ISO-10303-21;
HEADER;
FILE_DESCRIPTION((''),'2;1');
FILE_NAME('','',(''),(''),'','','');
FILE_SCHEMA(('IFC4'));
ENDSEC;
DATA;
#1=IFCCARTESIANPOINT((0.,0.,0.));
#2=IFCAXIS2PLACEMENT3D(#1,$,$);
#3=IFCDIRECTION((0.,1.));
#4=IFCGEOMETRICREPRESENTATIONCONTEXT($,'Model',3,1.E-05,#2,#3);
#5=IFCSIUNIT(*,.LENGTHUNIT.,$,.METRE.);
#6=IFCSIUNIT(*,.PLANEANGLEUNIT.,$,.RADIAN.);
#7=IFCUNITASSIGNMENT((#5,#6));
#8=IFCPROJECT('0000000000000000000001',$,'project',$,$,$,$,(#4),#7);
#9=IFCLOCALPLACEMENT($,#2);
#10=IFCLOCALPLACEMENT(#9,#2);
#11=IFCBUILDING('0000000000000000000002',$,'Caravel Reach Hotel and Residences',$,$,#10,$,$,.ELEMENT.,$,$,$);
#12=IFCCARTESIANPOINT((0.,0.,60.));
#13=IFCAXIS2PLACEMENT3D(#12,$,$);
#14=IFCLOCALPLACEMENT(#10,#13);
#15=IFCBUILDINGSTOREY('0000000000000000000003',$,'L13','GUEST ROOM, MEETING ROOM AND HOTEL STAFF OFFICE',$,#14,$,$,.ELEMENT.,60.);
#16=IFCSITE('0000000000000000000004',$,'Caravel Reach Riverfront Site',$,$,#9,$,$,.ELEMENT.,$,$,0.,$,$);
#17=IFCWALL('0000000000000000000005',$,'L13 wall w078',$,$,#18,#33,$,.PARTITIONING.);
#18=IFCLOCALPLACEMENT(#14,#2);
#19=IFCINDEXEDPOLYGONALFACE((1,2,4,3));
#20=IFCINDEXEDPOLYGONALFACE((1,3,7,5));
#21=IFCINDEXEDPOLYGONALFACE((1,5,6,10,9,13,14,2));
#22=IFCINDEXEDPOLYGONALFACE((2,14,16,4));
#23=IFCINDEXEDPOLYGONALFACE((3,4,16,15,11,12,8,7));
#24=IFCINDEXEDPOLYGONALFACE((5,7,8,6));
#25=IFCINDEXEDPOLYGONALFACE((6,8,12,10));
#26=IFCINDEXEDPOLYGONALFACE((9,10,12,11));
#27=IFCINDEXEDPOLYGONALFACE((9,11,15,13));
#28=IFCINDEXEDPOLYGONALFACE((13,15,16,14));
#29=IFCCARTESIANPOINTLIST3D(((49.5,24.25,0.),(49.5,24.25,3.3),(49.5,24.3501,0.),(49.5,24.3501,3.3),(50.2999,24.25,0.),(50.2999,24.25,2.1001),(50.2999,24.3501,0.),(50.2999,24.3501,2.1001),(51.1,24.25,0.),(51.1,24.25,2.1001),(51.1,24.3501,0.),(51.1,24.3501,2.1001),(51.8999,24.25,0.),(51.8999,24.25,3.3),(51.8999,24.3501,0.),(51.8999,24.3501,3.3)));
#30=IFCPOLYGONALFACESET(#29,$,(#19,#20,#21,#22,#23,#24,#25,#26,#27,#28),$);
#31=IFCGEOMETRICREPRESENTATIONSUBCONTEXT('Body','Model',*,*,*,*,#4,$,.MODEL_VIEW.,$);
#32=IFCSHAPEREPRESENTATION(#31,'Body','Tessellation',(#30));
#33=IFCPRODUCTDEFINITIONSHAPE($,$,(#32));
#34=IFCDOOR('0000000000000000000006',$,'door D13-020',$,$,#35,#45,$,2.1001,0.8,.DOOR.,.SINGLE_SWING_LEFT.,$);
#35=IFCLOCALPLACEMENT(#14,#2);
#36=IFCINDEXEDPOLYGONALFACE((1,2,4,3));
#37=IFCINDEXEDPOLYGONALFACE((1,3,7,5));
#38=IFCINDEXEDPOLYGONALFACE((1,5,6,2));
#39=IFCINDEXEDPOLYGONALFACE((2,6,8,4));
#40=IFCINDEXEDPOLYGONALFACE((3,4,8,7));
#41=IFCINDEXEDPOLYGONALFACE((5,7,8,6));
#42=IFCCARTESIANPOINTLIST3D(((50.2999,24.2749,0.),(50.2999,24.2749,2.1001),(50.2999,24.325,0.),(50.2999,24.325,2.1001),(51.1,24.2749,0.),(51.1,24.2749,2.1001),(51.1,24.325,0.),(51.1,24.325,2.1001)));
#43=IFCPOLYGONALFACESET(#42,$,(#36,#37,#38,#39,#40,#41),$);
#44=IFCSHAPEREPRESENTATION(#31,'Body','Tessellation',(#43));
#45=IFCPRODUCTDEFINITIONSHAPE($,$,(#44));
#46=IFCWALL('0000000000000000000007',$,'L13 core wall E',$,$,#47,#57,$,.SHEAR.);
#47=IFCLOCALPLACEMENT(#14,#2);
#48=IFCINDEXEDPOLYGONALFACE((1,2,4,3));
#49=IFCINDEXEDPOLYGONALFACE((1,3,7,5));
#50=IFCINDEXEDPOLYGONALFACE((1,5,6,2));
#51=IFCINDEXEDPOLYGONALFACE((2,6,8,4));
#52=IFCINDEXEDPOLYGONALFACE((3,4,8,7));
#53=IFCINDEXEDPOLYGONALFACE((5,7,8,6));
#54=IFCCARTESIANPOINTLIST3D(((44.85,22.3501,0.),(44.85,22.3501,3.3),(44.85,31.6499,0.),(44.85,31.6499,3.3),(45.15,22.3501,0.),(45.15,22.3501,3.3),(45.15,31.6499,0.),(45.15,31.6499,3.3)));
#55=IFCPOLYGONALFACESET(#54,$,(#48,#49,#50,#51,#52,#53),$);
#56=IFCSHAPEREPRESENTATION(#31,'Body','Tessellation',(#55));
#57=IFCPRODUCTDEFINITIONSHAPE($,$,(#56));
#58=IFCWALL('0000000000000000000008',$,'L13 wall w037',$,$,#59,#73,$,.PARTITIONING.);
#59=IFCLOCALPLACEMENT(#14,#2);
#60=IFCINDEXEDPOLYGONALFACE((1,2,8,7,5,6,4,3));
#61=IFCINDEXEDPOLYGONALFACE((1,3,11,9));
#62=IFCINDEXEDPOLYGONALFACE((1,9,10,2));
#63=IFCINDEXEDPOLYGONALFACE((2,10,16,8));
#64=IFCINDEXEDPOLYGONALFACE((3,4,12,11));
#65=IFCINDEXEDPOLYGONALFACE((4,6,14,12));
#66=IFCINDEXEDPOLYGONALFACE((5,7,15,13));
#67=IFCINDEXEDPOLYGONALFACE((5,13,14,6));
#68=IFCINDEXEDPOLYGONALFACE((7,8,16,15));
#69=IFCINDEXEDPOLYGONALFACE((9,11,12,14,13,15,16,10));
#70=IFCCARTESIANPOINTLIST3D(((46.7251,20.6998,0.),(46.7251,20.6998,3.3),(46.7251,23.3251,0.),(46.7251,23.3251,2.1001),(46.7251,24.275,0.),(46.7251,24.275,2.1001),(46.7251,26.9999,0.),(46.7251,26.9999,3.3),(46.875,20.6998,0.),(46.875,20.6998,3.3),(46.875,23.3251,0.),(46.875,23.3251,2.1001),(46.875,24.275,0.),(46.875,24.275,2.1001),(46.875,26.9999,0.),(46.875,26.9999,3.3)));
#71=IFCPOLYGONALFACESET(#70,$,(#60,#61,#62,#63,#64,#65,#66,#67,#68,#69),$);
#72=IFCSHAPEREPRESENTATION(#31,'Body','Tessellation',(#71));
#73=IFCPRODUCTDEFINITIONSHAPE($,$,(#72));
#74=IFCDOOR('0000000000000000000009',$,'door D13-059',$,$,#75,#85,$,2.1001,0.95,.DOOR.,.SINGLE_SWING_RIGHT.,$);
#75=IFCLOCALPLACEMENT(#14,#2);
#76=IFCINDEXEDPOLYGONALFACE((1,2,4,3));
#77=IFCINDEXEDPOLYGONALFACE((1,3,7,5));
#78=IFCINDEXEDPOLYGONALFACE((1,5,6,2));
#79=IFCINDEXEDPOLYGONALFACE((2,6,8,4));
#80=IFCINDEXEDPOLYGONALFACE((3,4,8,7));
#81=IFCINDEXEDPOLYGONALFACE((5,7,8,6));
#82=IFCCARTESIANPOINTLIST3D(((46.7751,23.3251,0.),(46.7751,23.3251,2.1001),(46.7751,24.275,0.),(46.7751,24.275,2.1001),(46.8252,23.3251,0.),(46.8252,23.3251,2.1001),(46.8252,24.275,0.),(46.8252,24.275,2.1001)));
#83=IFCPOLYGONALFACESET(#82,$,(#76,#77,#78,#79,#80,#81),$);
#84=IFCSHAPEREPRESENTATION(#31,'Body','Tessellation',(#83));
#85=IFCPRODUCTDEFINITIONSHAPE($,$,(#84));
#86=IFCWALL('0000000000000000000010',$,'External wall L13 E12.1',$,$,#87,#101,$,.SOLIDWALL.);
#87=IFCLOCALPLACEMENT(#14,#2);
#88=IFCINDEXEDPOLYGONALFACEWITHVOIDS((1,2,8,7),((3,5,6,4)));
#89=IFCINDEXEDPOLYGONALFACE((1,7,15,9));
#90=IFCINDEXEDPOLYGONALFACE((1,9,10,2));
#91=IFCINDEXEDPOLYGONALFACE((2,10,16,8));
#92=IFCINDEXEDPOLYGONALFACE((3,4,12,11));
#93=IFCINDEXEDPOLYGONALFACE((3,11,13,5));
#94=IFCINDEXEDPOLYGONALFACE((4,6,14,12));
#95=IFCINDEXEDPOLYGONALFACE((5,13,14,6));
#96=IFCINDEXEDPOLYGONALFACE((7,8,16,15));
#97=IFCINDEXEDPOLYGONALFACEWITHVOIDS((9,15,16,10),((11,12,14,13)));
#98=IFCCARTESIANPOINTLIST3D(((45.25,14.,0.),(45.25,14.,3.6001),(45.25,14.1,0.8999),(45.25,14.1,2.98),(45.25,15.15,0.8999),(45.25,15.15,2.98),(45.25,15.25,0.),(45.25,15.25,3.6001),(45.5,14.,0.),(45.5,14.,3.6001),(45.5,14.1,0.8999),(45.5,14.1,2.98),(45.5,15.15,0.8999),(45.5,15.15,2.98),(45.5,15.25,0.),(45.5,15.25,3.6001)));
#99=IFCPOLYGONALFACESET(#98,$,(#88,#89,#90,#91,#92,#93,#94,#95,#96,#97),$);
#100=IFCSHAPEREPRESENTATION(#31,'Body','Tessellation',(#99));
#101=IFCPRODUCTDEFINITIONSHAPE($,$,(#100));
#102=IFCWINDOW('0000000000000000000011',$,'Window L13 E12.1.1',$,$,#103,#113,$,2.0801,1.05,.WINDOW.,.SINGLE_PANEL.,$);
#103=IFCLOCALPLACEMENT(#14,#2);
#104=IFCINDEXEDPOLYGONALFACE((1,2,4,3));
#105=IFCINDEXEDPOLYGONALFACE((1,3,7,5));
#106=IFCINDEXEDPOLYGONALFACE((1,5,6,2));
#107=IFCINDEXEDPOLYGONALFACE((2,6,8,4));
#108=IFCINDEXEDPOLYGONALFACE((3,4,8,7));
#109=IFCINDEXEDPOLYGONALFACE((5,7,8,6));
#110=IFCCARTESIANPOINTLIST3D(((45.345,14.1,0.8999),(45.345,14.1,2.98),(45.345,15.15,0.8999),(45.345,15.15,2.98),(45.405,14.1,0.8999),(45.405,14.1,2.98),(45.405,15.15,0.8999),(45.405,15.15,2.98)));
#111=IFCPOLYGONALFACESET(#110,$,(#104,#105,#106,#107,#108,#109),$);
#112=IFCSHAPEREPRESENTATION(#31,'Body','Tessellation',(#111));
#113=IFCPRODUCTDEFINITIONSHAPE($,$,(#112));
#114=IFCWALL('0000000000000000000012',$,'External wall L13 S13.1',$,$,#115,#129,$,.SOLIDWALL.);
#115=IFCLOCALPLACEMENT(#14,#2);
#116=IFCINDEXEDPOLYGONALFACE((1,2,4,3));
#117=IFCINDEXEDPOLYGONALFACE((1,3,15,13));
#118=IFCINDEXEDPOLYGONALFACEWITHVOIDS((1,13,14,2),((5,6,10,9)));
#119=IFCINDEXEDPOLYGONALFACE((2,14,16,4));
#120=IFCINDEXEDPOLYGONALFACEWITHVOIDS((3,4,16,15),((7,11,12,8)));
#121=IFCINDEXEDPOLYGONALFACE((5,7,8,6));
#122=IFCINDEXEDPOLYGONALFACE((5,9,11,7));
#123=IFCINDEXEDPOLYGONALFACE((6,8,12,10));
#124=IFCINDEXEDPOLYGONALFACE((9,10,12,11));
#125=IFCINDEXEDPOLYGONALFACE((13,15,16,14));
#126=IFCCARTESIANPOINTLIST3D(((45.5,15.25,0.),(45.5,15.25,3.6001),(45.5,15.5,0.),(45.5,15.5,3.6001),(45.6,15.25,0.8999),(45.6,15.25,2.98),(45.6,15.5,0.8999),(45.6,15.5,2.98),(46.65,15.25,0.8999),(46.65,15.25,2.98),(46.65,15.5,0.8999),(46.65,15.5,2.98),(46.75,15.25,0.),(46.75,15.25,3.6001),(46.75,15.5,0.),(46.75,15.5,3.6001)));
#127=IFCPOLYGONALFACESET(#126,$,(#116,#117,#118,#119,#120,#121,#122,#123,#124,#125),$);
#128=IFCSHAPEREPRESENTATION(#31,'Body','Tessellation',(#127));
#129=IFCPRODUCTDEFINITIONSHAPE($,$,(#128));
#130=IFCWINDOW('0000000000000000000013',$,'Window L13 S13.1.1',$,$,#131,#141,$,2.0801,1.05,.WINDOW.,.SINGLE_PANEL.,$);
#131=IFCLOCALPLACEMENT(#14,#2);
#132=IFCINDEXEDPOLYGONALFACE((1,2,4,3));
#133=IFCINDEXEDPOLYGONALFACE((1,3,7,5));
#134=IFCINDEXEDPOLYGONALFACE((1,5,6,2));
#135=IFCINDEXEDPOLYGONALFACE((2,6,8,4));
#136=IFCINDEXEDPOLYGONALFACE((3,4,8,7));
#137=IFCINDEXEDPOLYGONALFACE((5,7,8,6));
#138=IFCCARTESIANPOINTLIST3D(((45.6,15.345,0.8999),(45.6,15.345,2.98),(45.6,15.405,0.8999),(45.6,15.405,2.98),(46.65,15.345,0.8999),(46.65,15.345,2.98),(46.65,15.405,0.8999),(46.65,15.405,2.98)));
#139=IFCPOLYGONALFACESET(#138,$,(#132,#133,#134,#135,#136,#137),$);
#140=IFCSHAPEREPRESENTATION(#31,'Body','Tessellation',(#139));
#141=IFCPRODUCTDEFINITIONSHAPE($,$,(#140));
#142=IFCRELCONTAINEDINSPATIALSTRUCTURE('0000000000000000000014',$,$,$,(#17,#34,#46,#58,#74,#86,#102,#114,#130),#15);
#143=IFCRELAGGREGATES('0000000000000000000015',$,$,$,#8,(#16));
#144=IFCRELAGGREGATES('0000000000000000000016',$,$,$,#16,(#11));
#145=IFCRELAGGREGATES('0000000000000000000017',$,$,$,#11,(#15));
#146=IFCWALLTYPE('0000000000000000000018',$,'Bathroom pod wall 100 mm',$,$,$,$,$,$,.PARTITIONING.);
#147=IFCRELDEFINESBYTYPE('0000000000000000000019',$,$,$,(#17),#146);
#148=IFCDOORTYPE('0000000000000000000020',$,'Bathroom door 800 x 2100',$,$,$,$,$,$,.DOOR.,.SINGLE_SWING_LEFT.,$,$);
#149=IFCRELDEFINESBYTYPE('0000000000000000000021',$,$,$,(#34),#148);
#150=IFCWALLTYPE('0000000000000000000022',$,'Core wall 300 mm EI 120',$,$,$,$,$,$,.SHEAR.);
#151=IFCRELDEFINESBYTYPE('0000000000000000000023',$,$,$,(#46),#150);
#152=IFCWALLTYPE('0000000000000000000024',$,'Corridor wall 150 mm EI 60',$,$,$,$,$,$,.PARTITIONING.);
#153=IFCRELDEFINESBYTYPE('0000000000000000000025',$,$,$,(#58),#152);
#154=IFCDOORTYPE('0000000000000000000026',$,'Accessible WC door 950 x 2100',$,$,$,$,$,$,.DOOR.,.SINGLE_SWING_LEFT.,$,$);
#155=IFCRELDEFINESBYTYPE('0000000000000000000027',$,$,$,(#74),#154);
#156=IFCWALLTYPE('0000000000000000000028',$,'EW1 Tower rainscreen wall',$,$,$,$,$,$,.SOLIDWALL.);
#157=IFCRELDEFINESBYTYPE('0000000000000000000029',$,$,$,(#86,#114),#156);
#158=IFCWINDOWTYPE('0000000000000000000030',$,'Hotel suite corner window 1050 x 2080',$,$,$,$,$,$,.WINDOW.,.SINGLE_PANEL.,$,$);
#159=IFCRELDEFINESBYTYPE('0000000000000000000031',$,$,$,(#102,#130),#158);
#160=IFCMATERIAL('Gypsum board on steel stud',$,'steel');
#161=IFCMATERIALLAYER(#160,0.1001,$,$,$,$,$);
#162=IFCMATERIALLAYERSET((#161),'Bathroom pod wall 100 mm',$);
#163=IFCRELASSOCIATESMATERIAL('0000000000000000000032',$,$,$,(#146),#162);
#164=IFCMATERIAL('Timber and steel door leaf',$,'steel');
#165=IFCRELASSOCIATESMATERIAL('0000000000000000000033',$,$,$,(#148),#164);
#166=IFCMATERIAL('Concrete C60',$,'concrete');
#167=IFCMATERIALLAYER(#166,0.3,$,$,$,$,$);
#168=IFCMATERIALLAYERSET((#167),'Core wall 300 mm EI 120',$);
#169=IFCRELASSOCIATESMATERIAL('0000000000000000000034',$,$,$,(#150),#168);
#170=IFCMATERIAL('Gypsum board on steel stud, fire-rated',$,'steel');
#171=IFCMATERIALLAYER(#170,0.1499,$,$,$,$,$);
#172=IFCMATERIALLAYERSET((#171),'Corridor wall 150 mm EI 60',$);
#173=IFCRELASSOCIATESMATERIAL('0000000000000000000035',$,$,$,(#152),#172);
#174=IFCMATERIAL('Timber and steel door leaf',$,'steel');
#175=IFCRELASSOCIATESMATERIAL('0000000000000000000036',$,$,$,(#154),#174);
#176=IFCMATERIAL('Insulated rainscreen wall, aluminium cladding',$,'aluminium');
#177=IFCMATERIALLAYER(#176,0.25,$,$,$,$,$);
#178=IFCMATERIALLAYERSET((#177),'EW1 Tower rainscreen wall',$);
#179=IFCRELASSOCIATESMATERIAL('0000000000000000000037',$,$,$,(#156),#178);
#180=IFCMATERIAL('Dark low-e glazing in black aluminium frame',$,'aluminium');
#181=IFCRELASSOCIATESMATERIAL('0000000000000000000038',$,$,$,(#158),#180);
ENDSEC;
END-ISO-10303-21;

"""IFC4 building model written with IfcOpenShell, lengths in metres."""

from ifc_helpers import new_model, si_unit, direction, frame, frame_2d, origin, place, context, subcontext, project, spatial, rectangle, extrude, material, layer, layer_set, type_object, element, fill, save


model = new_model("IFC4")

# Units and contexts
model_context = context("Model", 3, precision=1e-05, world=origin(), true_north=direction((0.0, 1.0)))
body_context = subcontext(model_context, "Body", "Model", "MODEL_VIEW")
ifc_project = project(units=[si_unit("LENGTHUNIT", "METRE"), si_unit("PLANEANGLEUNIT", "RADIAN")], contexts=[model_context])

# Site, building, storey
site_placement = place(None, origin())
site = spatial("IfcSite", under=ifc_project, at=site_placement, Name="Caravel Reach Riverfront Site", CompositionType="ELEMENT", RefElevation=0.0)
building_placement = place(site_placement, origin())
building = spatial("IfcBuilding", under=site, at=building_placement, Name="Caravel Reach Hotel and Residences", CompositionType="ELEMENT")
storey_placement = place(building_placement, frame((0.0, 0.0, 60.0)))
storey = spatial("IfcBuildingStorey", under=building, at=storey_placement, Name="L13", Description="GUEST ROOM, MEETING ROOM AND HOTEL STAFF OFFICE", CompositionType="ELEMENT", Elevation=60.0)

# Wall, opening, door
ifc_material_1 = material(Name="Gypsum board on steel stud", Category="steel")
ifc_layer_1 = layer(ifc_material_1, 0.1001)
ifc_layer_set_1 = layer_set([ifc_layer_1], Name="Bathroom pod wall 100 mm")
wall_type_1 = type_object("IfcWallType", Name="Bathroom pod wall 100 mm", PredefinedType="PARTITIONING", material=ifc_layer_set_1)
wall_1_placement = place(storey_placement, frame((49.5, 24.3, 0.0), z_axis=(0.0, 0.0, 1.0), x_axis=(1.0, 0.0, 0.0)))
wall_1 = element("IfcWall", 1, at=wall_1_placement, inside=storey, type_object=wall_type_1, Name="L13 wall w078", PredefinedType="PARTITIONING", context=body_context, shape_type="SweptSolid", body=[
    extrude(rectangle(XDim=2.3999, YDim=0.1001, at=frame_2d((1.2, 0.0))), origin(), (0.0, 0.0, 1.0), 3.3),
])
opening_1_placement = place(wall_1_placement, frame((0.8, 0.0, 0.0)))
opening_1 = element("IfcOpeningElement", 2, at=opening_1_placement, cuts=wall_1, PredefinedType="OPENING", context=body_context, shape_type="SweptSolid", body=[
    extrude(rectangle(XDim=0.8, YDim=2.1001, at=frame_2d((0.3999, 1.05))), frame((0.0, 0.0601, 0.0), z_axis=(0.0, -1.0, 0.0), x_axis=(1.0, 0.0, 0.0)), (0.0, 0.0, 1.0), 0.1201),
])
ifc_material_2 = material(Name="Timber and steel door leaf", Category="steel")
door_type_1 = type_object("IfcDoorType", Name="Bathroom door 800 x 2100", OperationType="SINGLE_SWING_LEFT", PredefinedType="DOOR", material=ifc_material_2)
door_1_placement = place(opening_1_placement, origin())
door_1 = element("IfcDoor", 3, at=door_1_placement, inside=storey, type_object=door_type_1, Name="door D13-020", OperationType="SINGLE_SWING_LEFT", OverallHeight=2.1001, OverallWidth=0.8, PredefinedType="DOOR", context=body_context, shape_type="SweptSolid", body=[
    extrude(rectangle(XDim=0.8, YDim=2.1001, at=frame_2d((0.3999, 1.05))), frame((0.0, 0.0249, 0.0), z_axis=(0.0, -1.0, 0.0), x_axis=(1.0, 0.0, 0.0)), (0.0, 0.0, 1.0), 0.05),
])
fill(opening_1, door_1)

# Wall
ifc_material_3 = material(Name="Concrete C60", Category="concrete")
ifc_layer_2 = layer(ifc_material_3, 0.3)
ifc_layer_set_2 = layer_set([ifc_layer_2], Name="Core wall 300 mm EI 120")
wall_type_2 = type_object("IfcWallType", Name="Core wall 300 mm EI 120", PredefinedType="SHEAR", material=ifc_layer_set_2)
wall_2_placement = place(storey_placement, frame((45.0, 22.3501, 0.0), z_axis=(0.0, 0.0, 1.0), x_axis=(0.0, 1.0, 0.0)))
element("IfcWall", 4, at=wall_2_placement, inside=storey, type_object=wall_type_2, Name="L13 core wall E", PredefinedType="SHEAR", context=body_context, shape_type="SweptSolid", body=[
    extrude(rectangle(XDim=9.2998, YDim=0.3, at=frame_2d((4.6499, 0.0))), origin(), (0.0, 0.0, 1.0), 3.3),
])

# Wall, opening, door
ifc_material_4 = material(Name="Gypsum board on steel stud, fire-rated", Category="steel")
ifc_layer_3 = layer(ifc_material_4, 0.1499)
ifc_layer_set_3 = layer_set([ifc_layer_3], Name="Corridor wall 150 mm EI 60")
wall_type_3 = type_object("IfcWallType", Name="Corridor wall 150 mm EI 60", PredefinedType="PARTITIONING", material=ifc_layer_set_3)
wall_3_placement = place(storey_placement, frame((46.8, 20.7, 0.0), z_axis=(0.0, 0.0, 1.0), x_axis=(0.0, 1.0, 0.0)))
wall_3 = element("IfcWall", 5, at=wall_3_placement, inside=storey, type_object=wall_type_3, Name="L13 wall w037", PredefinedType="PARTITIONING", context=body_context, shape_type="SweptSolid", body=[
    extrude(rectangle(XDim=6.3, YDim=0.1499, at=frame_2d((3.1499, 0.0))), origin(), (0.0, 0.0, 1.0), 3.3),
])
opening_2_placement = place(wall_3_placement, frame((2.625, 0.0, 0.0)))
opening_2 = element("IfcOpeningElement", 6, at=opening_2_placement, cuts=wall_3, PredefinedType="OPENING", context=body_context, shape_type="SweptSolid", body=[
    extrude(rectangle(XDim=0.95, YDim=2.1001, at=frame_2d((0.4751, 1.05))), frame((0.0, 0.085, 0.0), z_axis=(0.0, -1.0, 0.0), x_axis=(1.0, 0.0, 0.0)), (0.0, 0.0, 1.0), 0.1699),
])
ifc_material_5 = material(Name="Timber and steel door leaf", Category="steel")
door_type_2 = type_object("IfcDoorType", Name="Accessible WC door 950 x 2100", OperationType="SINGLE_SWING_LEFT", PredefinedType="DOOR", material=ifc_material_5)
door_2_placement = place(opening_2_placement, origin())
door_2 = element("IfcDoor", 7, at=door_2_placement, inside=storey, type_object=door_type_2, Name="door D13-059", OperationType="SINGLE_SWING_RIGHT", OverallHeight=2.1001, OverallWidth=0.95, PredefinedType="DOOR", context=body_context, shape_type="SweptSolid", body=[
    extrude(rectangle(XDim=0.95, YDim=2.1001, at=frame_2d((0.4751, 1.05))), frame((0.0, 0.0249, 0.0), z_axis=(0.0, -1.0, 0.0), x_axis=(1.0, 0.0, 0.0)), (0.0, 0.0, 1.0), 0.05),
])
fill(opening_2, door_2)

# Walls, openings, windows
ifc_material_6 = material(Name="Insulated rainscreen wall, aluminium cladding", Category="aluminium")
ifc_layer_4 = layer(ifc_material_6, 0.25)
ifc_layer_set_4 = layer_set([ifc_layer_4], Name="EW1 Tower rainscreen wall")
wall_type_4 = type_object("IfcWallType", Name="EW1 Tower rainscreen wall", PredefinedType="SOLIDWALL", material=ifc_layer_set_4)
wall_4_placement = place(storey_placement, frame((45.375, 14.0, 0.0), z_axis=(0.0, 0.0, 1.0), x_axis=(0.0, 1.0, 0.0)))
wall_4 = element("IfcWall", 8, at=wall_4_placement, inside=storey, type_object=wall_type_4, Name="External wall L13 E12.1", PredefinedType="SOLIDWALL", context=body_context, shape_type="SweptSolid", body=[
    extrude(rectangle(XDim=1.25, YDim=0.25, at=frame_2d((0.625, 0.0))), origin(), (0.0, 0.0, 1.0), 3.6001),
])
opening_3_placement = place(wall_4_placement, frame((0.1001, 0.0, 0.8999)))
opening_3 = element("IfcOpeningElement", 9, at=opening_3_placement, cuts=wall_4, PredefinedType="OPENING", context=body_context, shape_type="SweptSolid", body=[
    extrude(rectangle(XDim=1.05, YDim=2.0801, at=frame_2d((0.5249, 1.04))), frame((0.0, 0.135, 0.0), z_axis=(0.0, -1.0, 0.0), x_axis=(1.0, 0.0, 0.0)), (0.0, 0.0, 1.0), 0.27),
])
ifc_material_7 = material(Name="Dark low-e glazing in black aluminium frame", Category="aluminium")
window_type_1 = type_object("IfcWindowType", Name="Hotel suite corner window 1050 x 2080", PartitioningType="SINGLE_PANEL", PredefinedType="WINDOW", material=ifc_material_7)
window_1_placement = place(opening_3_placement, origin())
window_1 = element("IfcWindow", 10, at=window_1_placement, inside=storey, type_object=window_type_1, Name="Window L13 E12.1.1", OverallHeight=2.0801, OverallWidth=1.05, PartitioningType="SINGLE_PANEL", PredefinedType="WINDOW", context=body_context, shape_type="SweptSolid", body=[
    extrude(rectangle(XDim=1.05, YDim=2.0801, at=frame_2d((0.5249, 1.04))), frame((0.0, 0.03, 0.0), z_axis=(0.0, -1.0, 0.0), x_axis=(1.0, 0.0, 0.0)), (0.0, 0.0, 1.0), 0.0601),
])
fill(opening_3, window_1)
wall_5_placement = place(storey_placement, frame((45.5, 15.375, 0.0), z_axis=(0.0, 0.0, 1.0), x_axis=(1.0, 0.0, 0.0)))
wall_5 = element("IfcWall", 11, at=wall_5_placement, inside=storey, type_object=wall_type_4, Name="External wall L13 S13.1", PredefinedType="SOLIDWALL", context=body_context, shape_type="SweptSolid", body=[
    extrude(rectangle(XDim=1.25, YDim=0.25, at=frame_2d((0.625, 0.0))), origin(), (0.0, 0.0, 1.0), 3.6001),
])
opening_4_placement = place(wall_5_placement, frame((0.1001, 0.0, 0.8999)))
opening_4 = element("IfcOpeningElement", 12, at=opening_4_placement, cuts=wall_5, PredefinedType="OPENING", context=body_context, shape_type="SweptSolid", body=[
    extrude(rectangle(XDim=1.05, YDim=2.0801, at=frame_2d((0.5249, 1.04))), frame((0.0, 0.135, 0.0), z_axis=(0.0, -1.0, 0.0), x_axis=(1.0, 0.0, 0.0)), (0.0, 0.0, 1.0), 0.27),
])
window_2_placement = place(opening_4_placement, origin())
window_2 = element("IfcWindow", 13, at=window_2_placement, inside=storey, type_object=window_type_1, Name="Window L13 S13.1.1", OverallHeight=2.0801, OverallWidth=1.05, PartitioningType="SINGLE_PANEL", PredefinedType="WINDOW", context=body_context, shape_type="SweptSolid", body=[
    extrude(rectangle(XDim=1.05, YDim=2.0801, at=frame_2d((0.5249, 1.04))), frame((0.0, 0.03, 0.0), z_axis=(0.0, -1.0, 0.0), x_axis=(1.0, 0.0, 0.0)), (0.0, 0.0, 1.0), 0.0601),
])
fill(opening_4, window_2)

save(model, "model.ifc")
